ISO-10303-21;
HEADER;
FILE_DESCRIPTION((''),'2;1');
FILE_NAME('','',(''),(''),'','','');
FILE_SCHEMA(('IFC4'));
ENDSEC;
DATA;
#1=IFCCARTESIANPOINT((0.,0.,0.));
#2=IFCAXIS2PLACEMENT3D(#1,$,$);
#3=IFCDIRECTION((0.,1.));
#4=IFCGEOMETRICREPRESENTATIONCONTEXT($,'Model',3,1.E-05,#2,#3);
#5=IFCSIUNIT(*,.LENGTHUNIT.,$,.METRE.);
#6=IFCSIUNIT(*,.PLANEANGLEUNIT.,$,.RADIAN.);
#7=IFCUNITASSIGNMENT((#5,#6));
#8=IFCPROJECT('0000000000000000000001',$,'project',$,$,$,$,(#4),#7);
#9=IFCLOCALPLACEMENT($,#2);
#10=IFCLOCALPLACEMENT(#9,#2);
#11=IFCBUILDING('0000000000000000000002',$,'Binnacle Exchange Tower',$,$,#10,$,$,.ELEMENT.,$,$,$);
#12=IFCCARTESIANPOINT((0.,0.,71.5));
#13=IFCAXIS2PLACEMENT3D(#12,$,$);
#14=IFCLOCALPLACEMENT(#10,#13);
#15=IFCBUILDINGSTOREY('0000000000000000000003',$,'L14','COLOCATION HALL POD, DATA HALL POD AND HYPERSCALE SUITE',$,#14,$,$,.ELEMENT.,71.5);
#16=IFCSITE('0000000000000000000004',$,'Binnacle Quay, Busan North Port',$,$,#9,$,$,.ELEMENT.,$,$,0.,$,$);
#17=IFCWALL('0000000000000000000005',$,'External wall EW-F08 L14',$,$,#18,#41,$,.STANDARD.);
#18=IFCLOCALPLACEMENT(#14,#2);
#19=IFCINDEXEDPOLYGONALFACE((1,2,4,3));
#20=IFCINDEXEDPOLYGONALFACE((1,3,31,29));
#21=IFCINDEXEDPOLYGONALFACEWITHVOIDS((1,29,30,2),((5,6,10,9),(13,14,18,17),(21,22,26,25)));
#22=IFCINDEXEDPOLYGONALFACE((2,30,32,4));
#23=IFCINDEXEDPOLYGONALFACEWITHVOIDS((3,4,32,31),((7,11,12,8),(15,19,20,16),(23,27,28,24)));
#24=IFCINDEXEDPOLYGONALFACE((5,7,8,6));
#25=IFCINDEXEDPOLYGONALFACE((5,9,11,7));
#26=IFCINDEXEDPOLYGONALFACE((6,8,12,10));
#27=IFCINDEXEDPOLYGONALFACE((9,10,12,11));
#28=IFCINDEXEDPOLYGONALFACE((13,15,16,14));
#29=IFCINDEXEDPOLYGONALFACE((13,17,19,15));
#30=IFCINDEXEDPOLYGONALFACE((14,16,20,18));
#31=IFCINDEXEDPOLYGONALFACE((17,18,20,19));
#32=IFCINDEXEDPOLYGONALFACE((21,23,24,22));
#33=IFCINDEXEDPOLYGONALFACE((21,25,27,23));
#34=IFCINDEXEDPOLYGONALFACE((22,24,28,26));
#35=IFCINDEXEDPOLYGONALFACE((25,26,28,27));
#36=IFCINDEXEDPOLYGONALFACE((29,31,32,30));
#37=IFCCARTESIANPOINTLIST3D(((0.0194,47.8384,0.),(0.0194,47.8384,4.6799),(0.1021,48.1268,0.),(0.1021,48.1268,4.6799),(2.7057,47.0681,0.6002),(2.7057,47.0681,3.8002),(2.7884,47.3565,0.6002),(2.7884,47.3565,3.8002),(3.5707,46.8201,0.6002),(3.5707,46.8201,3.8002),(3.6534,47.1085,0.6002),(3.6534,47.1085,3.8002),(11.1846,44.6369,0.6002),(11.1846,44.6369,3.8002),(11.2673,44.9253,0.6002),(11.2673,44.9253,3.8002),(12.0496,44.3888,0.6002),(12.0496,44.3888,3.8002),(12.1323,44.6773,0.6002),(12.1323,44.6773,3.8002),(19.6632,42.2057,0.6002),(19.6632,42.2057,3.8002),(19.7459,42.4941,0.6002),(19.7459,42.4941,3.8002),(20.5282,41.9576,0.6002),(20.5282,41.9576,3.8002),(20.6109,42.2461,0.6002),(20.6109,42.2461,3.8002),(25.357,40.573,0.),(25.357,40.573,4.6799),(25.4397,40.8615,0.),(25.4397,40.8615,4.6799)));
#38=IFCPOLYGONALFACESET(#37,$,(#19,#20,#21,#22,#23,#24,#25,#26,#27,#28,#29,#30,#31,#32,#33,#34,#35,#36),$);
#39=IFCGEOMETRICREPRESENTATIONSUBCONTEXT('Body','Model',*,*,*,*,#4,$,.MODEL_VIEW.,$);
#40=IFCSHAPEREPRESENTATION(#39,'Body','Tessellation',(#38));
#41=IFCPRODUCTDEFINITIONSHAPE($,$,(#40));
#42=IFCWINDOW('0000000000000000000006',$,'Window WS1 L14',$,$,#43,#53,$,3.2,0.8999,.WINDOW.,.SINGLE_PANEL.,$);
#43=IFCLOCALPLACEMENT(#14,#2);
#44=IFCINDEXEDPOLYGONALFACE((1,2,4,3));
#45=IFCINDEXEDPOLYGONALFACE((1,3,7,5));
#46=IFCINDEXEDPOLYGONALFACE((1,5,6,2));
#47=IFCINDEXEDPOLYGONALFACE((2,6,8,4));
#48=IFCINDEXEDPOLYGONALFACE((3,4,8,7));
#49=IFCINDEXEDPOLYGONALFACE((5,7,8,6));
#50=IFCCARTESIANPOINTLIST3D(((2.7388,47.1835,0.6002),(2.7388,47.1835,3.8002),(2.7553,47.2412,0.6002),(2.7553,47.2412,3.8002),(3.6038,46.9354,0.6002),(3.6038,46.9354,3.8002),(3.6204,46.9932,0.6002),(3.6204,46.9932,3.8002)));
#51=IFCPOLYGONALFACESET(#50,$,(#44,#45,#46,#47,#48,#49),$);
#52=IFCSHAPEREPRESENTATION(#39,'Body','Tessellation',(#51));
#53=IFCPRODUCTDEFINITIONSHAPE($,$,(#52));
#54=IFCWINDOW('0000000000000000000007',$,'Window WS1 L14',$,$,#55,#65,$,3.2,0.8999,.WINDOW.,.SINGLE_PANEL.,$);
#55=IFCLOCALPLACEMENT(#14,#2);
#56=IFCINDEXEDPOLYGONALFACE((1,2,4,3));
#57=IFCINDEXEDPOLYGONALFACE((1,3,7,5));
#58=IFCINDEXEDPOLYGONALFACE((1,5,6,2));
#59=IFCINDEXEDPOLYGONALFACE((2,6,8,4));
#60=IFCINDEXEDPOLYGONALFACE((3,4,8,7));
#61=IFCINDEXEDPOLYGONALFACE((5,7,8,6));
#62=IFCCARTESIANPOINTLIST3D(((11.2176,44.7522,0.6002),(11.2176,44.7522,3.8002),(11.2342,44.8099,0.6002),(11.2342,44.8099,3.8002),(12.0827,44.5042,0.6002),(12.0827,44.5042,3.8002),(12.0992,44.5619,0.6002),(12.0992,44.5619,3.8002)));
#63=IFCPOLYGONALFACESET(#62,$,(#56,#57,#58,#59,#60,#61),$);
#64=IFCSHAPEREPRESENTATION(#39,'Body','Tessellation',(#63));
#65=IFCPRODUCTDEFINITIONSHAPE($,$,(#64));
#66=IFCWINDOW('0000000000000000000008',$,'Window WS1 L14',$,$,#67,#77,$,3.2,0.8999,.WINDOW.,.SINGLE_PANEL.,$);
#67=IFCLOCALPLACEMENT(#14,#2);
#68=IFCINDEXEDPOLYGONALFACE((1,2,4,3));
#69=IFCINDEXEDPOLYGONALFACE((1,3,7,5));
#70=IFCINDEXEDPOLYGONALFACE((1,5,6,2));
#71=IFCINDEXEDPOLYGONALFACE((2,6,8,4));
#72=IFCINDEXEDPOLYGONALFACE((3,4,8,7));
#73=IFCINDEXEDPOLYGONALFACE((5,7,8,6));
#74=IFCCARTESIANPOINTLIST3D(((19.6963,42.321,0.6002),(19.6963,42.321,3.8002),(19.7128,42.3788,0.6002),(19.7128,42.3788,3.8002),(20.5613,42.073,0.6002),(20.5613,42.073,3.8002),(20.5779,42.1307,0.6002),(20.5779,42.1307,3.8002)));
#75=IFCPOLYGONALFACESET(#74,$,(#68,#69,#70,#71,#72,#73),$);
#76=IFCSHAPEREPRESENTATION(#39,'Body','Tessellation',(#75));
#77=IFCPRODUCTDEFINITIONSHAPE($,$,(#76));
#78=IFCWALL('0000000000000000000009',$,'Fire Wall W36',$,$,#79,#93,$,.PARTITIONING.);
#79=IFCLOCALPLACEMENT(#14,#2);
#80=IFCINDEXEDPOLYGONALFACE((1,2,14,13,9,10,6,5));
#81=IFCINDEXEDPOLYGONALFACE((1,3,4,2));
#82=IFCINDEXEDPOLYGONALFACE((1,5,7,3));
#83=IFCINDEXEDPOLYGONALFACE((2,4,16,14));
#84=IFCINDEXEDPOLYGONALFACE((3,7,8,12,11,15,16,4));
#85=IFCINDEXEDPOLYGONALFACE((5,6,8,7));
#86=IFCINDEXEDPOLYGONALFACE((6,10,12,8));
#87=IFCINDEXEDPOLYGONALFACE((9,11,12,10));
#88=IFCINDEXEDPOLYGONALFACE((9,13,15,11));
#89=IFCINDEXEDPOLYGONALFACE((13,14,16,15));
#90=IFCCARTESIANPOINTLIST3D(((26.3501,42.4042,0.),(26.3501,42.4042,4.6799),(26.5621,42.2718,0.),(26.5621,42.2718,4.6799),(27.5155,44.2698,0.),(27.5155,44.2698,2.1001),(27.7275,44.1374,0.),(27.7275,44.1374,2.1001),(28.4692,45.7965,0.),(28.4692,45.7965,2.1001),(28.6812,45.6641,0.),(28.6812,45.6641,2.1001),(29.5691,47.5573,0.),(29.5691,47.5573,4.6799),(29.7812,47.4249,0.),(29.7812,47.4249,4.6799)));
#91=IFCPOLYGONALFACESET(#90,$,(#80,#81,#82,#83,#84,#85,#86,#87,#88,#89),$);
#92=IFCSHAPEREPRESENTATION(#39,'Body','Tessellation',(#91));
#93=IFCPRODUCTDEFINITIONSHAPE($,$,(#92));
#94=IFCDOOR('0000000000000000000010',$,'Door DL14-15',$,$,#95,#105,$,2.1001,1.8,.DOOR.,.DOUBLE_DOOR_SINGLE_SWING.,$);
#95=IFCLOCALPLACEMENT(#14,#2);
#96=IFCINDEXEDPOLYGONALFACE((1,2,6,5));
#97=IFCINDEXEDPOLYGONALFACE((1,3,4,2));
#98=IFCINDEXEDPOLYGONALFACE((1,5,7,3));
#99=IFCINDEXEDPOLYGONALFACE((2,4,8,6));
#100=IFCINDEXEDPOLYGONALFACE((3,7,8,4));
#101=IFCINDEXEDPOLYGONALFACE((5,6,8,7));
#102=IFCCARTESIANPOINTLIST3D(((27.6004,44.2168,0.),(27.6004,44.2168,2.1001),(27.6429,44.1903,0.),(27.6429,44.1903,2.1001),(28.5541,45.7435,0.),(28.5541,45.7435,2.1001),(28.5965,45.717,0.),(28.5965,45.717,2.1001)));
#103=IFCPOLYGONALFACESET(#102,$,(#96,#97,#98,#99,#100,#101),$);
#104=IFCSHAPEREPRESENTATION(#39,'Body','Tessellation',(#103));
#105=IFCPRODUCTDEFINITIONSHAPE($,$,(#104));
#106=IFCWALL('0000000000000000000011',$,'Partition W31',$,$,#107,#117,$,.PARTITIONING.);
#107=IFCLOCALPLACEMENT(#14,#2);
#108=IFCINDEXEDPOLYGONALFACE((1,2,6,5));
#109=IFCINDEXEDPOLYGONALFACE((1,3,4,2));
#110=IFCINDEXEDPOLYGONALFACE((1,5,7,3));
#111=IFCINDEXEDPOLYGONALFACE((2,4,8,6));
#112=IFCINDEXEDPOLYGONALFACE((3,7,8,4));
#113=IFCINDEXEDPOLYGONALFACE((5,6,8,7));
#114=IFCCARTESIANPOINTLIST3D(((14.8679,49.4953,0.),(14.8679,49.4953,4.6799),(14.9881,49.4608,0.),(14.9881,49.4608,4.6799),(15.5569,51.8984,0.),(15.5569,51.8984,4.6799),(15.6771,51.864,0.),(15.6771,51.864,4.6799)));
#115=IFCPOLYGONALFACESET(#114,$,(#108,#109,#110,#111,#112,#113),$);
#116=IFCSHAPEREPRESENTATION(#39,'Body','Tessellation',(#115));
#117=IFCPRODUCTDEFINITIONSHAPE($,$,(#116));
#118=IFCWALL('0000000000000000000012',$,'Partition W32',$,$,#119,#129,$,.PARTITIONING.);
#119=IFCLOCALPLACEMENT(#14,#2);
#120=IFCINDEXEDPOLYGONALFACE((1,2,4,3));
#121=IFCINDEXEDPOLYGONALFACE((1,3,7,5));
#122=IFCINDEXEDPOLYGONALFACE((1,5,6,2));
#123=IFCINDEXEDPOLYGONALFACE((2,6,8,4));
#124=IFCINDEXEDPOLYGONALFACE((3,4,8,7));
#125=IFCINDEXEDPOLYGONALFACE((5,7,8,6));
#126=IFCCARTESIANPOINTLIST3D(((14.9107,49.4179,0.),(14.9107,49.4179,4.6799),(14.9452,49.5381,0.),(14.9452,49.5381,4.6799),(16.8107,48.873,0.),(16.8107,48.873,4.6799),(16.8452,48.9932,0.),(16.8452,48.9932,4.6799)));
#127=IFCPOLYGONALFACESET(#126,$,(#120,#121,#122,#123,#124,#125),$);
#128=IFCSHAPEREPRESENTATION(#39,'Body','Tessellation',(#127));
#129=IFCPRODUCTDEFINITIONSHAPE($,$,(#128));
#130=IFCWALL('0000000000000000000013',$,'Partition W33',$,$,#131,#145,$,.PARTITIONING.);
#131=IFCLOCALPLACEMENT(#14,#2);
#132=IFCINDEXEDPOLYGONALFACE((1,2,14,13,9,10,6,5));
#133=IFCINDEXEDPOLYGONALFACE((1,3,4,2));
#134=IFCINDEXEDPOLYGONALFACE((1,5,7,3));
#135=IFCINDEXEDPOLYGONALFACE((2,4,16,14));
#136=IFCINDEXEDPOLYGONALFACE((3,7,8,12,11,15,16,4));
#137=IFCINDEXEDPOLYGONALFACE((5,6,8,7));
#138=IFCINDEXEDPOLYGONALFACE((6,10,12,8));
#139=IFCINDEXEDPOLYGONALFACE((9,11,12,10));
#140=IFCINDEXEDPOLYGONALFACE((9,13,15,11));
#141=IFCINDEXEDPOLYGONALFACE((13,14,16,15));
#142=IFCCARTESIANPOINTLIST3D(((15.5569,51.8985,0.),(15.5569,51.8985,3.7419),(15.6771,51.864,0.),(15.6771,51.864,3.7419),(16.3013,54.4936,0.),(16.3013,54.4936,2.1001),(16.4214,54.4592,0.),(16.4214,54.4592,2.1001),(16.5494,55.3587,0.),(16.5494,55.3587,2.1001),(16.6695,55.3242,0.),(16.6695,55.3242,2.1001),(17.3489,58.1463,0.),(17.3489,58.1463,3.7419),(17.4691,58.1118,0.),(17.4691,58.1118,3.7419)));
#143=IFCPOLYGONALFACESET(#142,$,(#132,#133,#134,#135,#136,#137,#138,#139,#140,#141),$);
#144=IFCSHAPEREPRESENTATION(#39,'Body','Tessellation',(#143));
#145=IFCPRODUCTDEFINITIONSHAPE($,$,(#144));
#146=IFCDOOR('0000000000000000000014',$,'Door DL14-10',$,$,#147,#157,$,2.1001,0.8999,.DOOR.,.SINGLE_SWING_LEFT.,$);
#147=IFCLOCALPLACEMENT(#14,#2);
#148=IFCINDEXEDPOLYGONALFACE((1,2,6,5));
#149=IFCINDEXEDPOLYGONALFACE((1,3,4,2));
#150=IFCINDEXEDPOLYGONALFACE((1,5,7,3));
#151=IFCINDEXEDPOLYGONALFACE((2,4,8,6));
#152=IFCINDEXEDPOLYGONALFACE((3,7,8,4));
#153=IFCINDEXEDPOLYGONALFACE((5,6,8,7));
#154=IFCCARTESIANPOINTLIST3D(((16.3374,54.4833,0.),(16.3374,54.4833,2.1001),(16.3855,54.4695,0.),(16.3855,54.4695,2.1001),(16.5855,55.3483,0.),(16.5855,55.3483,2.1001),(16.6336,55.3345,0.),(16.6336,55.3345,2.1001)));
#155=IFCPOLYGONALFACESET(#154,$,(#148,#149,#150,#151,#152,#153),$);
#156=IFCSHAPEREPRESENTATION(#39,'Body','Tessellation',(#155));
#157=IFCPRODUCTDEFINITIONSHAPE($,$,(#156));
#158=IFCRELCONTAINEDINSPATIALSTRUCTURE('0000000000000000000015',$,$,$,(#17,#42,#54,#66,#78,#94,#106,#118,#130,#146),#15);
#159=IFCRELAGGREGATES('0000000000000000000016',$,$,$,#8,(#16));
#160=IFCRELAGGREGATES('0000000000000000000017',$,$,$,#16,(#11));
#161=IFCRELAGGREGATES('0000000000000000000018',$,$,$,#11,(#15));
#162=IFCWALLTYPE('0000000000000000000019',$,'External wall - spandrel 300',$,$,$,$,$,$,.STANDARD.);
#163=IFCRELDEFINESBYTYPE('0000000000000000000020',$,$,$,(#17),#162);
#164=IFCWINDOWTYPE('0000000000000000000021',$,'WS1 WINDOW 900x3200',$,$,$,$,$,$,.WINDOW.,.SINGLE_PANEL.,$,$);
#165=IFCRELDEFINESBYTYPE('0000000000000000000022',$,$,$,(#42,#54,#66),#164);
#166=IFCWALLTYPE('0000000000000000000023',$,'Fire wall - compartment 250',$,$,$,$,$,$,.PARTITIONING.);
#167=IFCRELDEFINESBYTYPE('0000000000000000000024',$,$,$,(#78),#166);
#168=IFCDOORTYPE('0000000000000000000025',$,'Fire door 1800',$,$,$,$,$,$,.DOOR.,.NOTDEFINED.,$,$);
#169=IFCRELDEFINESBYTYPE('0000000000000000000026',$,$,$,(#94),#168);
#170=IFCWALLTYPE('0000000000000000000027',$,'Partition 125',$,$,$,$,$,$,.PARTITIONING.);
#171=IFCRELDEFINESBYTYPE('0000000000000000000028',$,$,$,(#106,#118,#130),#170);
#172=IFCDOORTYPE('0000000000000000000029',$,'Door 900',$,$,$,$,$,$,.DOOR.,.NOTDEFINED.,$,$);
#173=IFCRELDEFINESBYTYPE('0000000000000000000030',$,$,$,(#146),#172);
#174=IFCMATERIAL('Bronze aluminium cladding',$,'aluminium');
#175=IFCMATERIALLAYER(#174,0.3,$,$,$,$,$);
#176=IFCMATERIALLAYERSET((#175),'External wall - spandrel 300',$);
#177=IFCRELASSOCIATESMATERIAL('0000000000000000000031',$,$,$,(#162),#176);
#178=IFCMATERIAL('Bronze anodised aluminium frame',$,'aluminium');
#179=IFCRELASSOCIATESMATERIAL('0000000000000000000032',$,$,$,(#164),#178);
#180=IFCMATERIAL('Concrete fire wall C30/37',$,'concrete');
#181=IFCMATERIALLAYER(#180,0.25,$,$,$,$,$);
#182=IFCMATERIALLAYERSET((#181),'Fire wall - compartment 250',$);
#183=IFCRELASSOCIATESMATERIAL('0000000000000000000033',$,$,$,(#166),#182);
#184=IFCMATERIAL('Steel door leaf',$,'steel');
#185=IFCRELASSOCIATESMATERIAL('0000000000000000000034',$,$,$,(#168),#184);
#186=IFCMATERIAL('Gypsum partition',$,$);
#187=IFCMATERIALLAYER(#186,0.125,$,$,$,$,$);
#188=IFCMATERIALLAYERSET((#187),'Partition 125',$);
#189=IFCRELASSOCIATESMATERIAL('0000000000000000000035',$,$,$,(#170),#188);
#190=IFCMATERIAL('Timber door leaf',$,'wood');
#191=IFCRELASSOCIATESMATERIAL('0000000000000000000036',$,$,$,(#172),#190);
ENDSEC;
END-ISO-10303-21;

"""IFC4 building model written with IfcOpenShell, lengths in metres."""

from ifc_helpers import new_model, si_unit, direction, frame, frame_2d, origin, place, context, subcontext, project, spatial, rectangle, extrude, material, layer, layer_set, type_object, element, fill, save


model = new_model("IFC4")

# Units and contexts
model_context = context("Model", 3, precision=1e-05, world=origin(), true_north=direction((0.0, 1.0)))
body_context = subcontext(model_context, "Body", "Model", "MODEL_VIEW")
ifc_project = project(units=[si_unit("LENGTHUNIT", "METRE"), si_unit("PLANEANGLEUNIT", "RADIAN")], contexts=[model_context])

# Site, building, storey
site_placement = place(None, origin())
site = spatial("IfcSite", under=ifc_project, at=site_placement, Name="Binnacle Quay, Busan North Port", CompositionType="ELEMENT", RefElevation=0.0)
building_placement = place(site_placement, origin())
building = spatial("IfcBuilding", under=site, at=building_placement, Name="Binnacle Exchange Tower", CompositionType="ELEMENT")
storey_placement = place(building_placement, frame((0.0, 0.0, 71.5)))
storey = spatial("IfcBuildingStorey", under=building, at=storey_placement, Name="L14", Description="COLOCATION HALL POD, DATA HALL POD AND HYPERSCALE SUITE", CompositionType="ELEMENT", Elevation=71.5)

# Shared definitions
ifc_material_1 = material(Name="Steel door leaf", Category="steel")

# Wall, openings, windows
ifc_material_2 = material(Name="Bronze aluminium cladding", Category="aluminium")
ifc_layer_1 = layer(ifc_material_2, 0.3)
ifc_layer_set_1 = layer_set([ifc_layer_1], Name="External wall - spandrel 300")
wall_type_1 = type_object("IfcWallType", Name="External wall - spandrel 300", PredefinedType="STANDARD", material=ifc_layer_set_1)
wall_1_placement = place(storey_placement, frame((25.3982, 40.7173, 0.0), z_axis=(0.0, 0.0, 1.0), x_axis=(-0.961262, 0.275635, 0.0)))
wall_1 = element("IfcWall", 1, at=wall_1_placement, inside=storey, type_object=wall_type_1, Name="External wall EW-F08 L14", PredefinedType="STANDARD", context=body_context, shape_type="SweptSolid", body=[
    extrude(rectangle(XDim=26.3586, YDim=0.3, at=frame_2d((13.1792, 0.0))), origin(), (0.0, 0.0, 1.0), 4.6799),
])
opening_1_placement = place(wall_1_placement, frame((22.6641, 0.0, 0.6001)))
opening_1 = element("IfcOpeningElement", 2, at=opening_1_placement, cuts=wall_1, PredefinedType="OPENING", context=body_context, shape_type="SweptSolid", body=[
    extrude(rectangle(XDim=0.8999, YDim=3.2, at=frame_2d((0.45, 1.6001))), frame((0.0, 0.1599, 0.0), z_axis=(0.0, -1.0, 0.0), x_axis=(1.0, 0.0, 0.0)), (0.0, 0.0, 1.0), 0.3201),
])
opening_2_placement = place(wall_1_placement, frame((13.8435, 0.0, 0.6001)))
opening_2 = element("IfcOpeningElement", 3, at=opening_2_placement, cuts=wall_1, PredefinedType="OPENING", context=body_context, shape_type="SweptSolid", body=[
    extrude(rectangle(XDim=0.8999, YDim=3.2, at=frame_2d((0.45, 1.6001))), frame((0.0, 0.1599, 0.0), z_axis=(0.0, -1.0, 0.0), x_axis=(1.0, 0.0, 0.0)), (0.0, 0.0, 1.0), 0.3201),
])
opening_3_placement = place(wall_1_placement, frame((5.0232, 0.0, 0.6001)))
opening_3 = element("IfcOpeningElement", 4, at=opening_3_placement, cuts=wall_1, PredefinedType="OPENING", context=body_context, shape_type="SweptSolid", body=[
    extrude(rectangle(XDim=0.8999, YDim=3.2, at=frame_2d((0.45, 1.6001))), frame((0.0, 0.1599, 0.0), z_axis=(0.0, -1.0, 0.0), x_axis=(1.0, 0.0, 0.0)), (0.0, 0.0, 1.0), 0.3201),
])
ifc_material_3 = material(Name="Bronze anodised aluminium frame", Category="aluminium")
window_type = type_object("IfcWindowType", Name="WS1 WINDOW 900x3200", PartitioningType="SINGLE_PANEL", PredefinedType="WINDOW", material=ifc_material_3)
window_1_placement = place(opening_1_placement, origin())
window_1 = element("IfcWindow", 5, at=window_1_placement, inside=storey, type_object=window_type, Name="Window WS1 L14", OverallHeight=3.2, OverallWidth=0.8999, PartitioningType="SINGLE_PANEL", PredefinedType="WINDOW", context=body_context, shape_type="SweptSolid", body=[
    extrude(rectangle(XDim=0.8999, YDim=3.2, at=frame_2d((0.45, 1.6001))), frame((0.0, 0.03, 0.0), z_axis=(0.0, -1.0, 0.0), x_axis=(1.0, 0.0, 0.0)), (0.0, 0.0, 1.0), 0.0601),
])
fill(opening_1, window_1)
window_2_placement = place(opening_2_placement, origin())
window_2 = element("IfcWindow", 6, at=window_2_placement, inside=storey, type_object=window_type, Name="Window WS1 L14", OverallHeight=3.2, OverallWidth=0.8999, PartitioningType="SINGLE_PANEL", PredefinedType="WINDOW", context=body_context, shape_type="SweptSolid", body=[
    extrude(rectangle(XDim=0.8999, YDim=3.2, at=frame_2d((0.45, 1.6001))), frame((0.0, 0.03, 0.0), z_axis=(0.0, -1.0, 0.0), x_axis=(1.0, 0.0, 0.0)), (0.0, 0.0, 1.0), 0.0601),
])
fill(opening_2, window_2)
window_3_placement = place(opening_3_placement, origin())
window_3 = element("IfcWindow", 7, at=window_3_placement, inside=storey, type_object=window_type, Name="Window WS1 L14", OverallHeight=3.2, OverallWidth=0.8999, PartitioningType="SINGLE_PANEL", PredefinedType="WINDOW", context=body_context, shape_type="SweptSolid", body=[
    extrude(rectangle(XDim=0.8999, YDim=3.2, at=frame_2d((0.45, 1.6001))), frame((0.0, 0.03, 0.0), z_axis=(0.0, -1.0, 0.0), x_axis=(1.0, 0.0, 0.0)), (0.0, 0.0, 1.0), 0.0601),
])
fill(opening_3, window_3)

# Wall, opening, door
ifc_material_4 = material(Name="Concrete fire wall C30/37", Category="concrete")
ifc_layer_2 = layer(ifc_material_4, 0.25)
ifc_layer_set_2 = layer_set([ifc_layer_2], Name="Fire wall - compartment 250")
wall_type_2 = type_object("IfcWallType", Name="Fire wall - compartment 250", PredefinedType="PARTITIONING", material=ifc_layer_set_2)
wall_2_placement = place(storey_placement, frame((26.4561, 42.3379, 0.0), z_axis=(0.0, 0.0, 1.0), x_axis=(0.5298, 0.848122, 0.0)))
wall_2 = element("IfcWall", 8, at=wall_2_placement, inside=storey, type_object=wall_type_2, Name="Fire Wall W36", PredefinedType="PARTITIONING", context=body_context, shape_type="SweptSolid", body=[
    extrude(rectangle(XDim=6.0759, YDim=0.25, at=frame_2d((3.0381, 0.0))), origin(), (0.0, 0.0, 1.0), 4.6799),
])
opening_4_placement = place(wall_2_placement, frame((2.2, 0.0, 0.0)))
opening_4 = element("IfcOpeningElement", 9, at=opening_4_placement, cuts=wall_2, PredefinedType="OPENING", context=body_context, shape_type="SweptSolid", body=[
    extrude(rectangle(XDim=1.8, YDim=2.1001, at=frame_2d((0.8999, 1.05))), frame((0.0, 0.135, 0.0), z_axis=(0.0, -1.0, 0.0), x_axis=(1.0, 0.0, 0.0)), (0.0, 0.0, 1.0), 0.27),
])
door_type_1 = type_object("IfcDoorType", Name="Fire door 1800", OperationType="NOTDEFINED", PredefinedType="DOOR", material=ifc_material_1)
door_1_placement = place(opening_4_placement, origin())
door_1 = element("IfcDoor", 10, at=door_1_placement, inside=storey, type_object=door_type_1, Name="Door DL14-15", OperationType="DOUBLE_DOOR_SINGLE_SWING", OverallHeight=2.1001, OverallWidth=1.8, PredefinedType="DOOR", context=body_context, shape_type="SweptSolid", body=[
    extrude(rectangle(XDim=1.8, YDim=2.1001, at=frame_2d((0.8999, 1.05))), frame((0.0, 0.0249, 0.0), z_axis=(0.0, -1.0, 0.0), x_axis=(1.0, 0.0, 0.0)), (0.0, 0.0, 1.0), 0.05),
])
fill(opening_4, door_1)

# Walls
ifc_material_5 = material(Name="Gypsum partition")
ifc_layer_3 = layer(ifc_material_5, 0.125)
ifc_layer_set_3 = layer_set([ifc_layer_3], Name="Partition 125")
wall_type_3 = type_object("IfcWallType", Name="Partition 125", PredefinedType="PARTITIONING", material=ifc_layer_set_3)
wall_3_placement = place(storey_placement, frame((14.928, 49.478, 0.0), z_axis=(0.0, 0.0, 1.0), x_axis=(0.275598, 0.961273, 0.0)))
element("IfcWall", 11, at=wall_3_placement, inside=storey, type_object=wall_type_3, Name="Partition W31", PredefinedType="PARTITIONING", context=body_context, shape_type="SweptSolid", body=[
    extrude(rectangle(XDim=2.5, YDim=0.125, at=frame_2d((1.25, 0.0))), origin(), (0.0, 0.0, 1.0), 4.6799),
])
wall_4_placement = place(storey_placement, frame((14.928, 49.478, 0.0), z_axis=(0.0, 0.0, 1.0), x_axis=(0.961244, -0.2757, 0.0)))
element("IfcWall", 12, at=wall_4_placement, inside=storey, type_object=wall_type_3, Name="Partition W32", PredefinedType="PARTITIONING", context=body_context, shape_type="SweptSolid", body=[
    extrude(rectangle(XDim=1.9766, YDim=0.125, at=frame_2d((0.9883, 0.0))), origin(), (0.0, 0.0, 1.0), 4.6799),
])

# Wall, opening, door
wall_5_placement = place(storey_placement, frame((15.6169, 51.8811, 0.0), z_axis=(0.0, 0.0, 1.0), x_axis=(0.275703, 0.961243, 0.0)))
wall_5 = element("IfcWall", 13, at=wall_5_placement, inside=storey, type_object=wall_type_3, Name="Partition W33", PredefinedType="PARTITIONING", context=body_context, shape_type="SweptSolid", body=[
    extrude(rectangle(XDim=6.4998, YDim=0.125, at=frame_2d((3.25, 0.0))), origin(), (0.0, 0.0, 1.0), 3.7419),
])
opening_5_placement = place(wall_5_placement, frame((2.7, 0.0, 0.0)))
opening_5 = element("IfcOpeningElement", 14, at=opening_5_placement, cuts=wall_5, PredefinedType="OPENING", context=body_context, shape_type="SweptSolid", body=[
    extrude(rectangle(XDim=0.8999, YDim=2.1001, at=frame_2d((0.45, 1.05))), frame((0.0, 0.0725, 0.0), z_axis=(0.0, -1.0, 0.0), x_axis=(1.0, 0.0, 0.0)), (0.0, 0.0, 1.0), 0.145),
])
ifc_material_6 = material(Name="Timber door leaf", Category="wood")
door_type_2 = type_object("IfcDoorType", Name="Door 900", OperationType="NOTDEFINED", PredefinedType="DOOR", material=ifc_material_6)
door_2_placement = place(opening_5_placement, origin())
door_2 = element("IfcDoor", 15, at=door_2_placement, inside=storey, type_object=door_type_2, Name="Door DL14-10", OperationType="SINGLE_SWING_LEFT", OverallHeight=2.1001, OverallWidth=0.8999, PredefinedType="DOOR", context=body_context, shape_type="SweptSolid", body=[
    extrude(rectangle(XDim=0.8999, YDim=2.1001, at=frame_2d((0.45, 1.05))), frame((0.0, 0.0249, 0.0), z_axis=(0.0, -1.0, 0.0), x_axis=(1.0, 0.0, 0.0)), (0.0, 0.0, 1.0), 0.05),
])
fill(opening_5, door_2)

save(model, "model.ifc")
